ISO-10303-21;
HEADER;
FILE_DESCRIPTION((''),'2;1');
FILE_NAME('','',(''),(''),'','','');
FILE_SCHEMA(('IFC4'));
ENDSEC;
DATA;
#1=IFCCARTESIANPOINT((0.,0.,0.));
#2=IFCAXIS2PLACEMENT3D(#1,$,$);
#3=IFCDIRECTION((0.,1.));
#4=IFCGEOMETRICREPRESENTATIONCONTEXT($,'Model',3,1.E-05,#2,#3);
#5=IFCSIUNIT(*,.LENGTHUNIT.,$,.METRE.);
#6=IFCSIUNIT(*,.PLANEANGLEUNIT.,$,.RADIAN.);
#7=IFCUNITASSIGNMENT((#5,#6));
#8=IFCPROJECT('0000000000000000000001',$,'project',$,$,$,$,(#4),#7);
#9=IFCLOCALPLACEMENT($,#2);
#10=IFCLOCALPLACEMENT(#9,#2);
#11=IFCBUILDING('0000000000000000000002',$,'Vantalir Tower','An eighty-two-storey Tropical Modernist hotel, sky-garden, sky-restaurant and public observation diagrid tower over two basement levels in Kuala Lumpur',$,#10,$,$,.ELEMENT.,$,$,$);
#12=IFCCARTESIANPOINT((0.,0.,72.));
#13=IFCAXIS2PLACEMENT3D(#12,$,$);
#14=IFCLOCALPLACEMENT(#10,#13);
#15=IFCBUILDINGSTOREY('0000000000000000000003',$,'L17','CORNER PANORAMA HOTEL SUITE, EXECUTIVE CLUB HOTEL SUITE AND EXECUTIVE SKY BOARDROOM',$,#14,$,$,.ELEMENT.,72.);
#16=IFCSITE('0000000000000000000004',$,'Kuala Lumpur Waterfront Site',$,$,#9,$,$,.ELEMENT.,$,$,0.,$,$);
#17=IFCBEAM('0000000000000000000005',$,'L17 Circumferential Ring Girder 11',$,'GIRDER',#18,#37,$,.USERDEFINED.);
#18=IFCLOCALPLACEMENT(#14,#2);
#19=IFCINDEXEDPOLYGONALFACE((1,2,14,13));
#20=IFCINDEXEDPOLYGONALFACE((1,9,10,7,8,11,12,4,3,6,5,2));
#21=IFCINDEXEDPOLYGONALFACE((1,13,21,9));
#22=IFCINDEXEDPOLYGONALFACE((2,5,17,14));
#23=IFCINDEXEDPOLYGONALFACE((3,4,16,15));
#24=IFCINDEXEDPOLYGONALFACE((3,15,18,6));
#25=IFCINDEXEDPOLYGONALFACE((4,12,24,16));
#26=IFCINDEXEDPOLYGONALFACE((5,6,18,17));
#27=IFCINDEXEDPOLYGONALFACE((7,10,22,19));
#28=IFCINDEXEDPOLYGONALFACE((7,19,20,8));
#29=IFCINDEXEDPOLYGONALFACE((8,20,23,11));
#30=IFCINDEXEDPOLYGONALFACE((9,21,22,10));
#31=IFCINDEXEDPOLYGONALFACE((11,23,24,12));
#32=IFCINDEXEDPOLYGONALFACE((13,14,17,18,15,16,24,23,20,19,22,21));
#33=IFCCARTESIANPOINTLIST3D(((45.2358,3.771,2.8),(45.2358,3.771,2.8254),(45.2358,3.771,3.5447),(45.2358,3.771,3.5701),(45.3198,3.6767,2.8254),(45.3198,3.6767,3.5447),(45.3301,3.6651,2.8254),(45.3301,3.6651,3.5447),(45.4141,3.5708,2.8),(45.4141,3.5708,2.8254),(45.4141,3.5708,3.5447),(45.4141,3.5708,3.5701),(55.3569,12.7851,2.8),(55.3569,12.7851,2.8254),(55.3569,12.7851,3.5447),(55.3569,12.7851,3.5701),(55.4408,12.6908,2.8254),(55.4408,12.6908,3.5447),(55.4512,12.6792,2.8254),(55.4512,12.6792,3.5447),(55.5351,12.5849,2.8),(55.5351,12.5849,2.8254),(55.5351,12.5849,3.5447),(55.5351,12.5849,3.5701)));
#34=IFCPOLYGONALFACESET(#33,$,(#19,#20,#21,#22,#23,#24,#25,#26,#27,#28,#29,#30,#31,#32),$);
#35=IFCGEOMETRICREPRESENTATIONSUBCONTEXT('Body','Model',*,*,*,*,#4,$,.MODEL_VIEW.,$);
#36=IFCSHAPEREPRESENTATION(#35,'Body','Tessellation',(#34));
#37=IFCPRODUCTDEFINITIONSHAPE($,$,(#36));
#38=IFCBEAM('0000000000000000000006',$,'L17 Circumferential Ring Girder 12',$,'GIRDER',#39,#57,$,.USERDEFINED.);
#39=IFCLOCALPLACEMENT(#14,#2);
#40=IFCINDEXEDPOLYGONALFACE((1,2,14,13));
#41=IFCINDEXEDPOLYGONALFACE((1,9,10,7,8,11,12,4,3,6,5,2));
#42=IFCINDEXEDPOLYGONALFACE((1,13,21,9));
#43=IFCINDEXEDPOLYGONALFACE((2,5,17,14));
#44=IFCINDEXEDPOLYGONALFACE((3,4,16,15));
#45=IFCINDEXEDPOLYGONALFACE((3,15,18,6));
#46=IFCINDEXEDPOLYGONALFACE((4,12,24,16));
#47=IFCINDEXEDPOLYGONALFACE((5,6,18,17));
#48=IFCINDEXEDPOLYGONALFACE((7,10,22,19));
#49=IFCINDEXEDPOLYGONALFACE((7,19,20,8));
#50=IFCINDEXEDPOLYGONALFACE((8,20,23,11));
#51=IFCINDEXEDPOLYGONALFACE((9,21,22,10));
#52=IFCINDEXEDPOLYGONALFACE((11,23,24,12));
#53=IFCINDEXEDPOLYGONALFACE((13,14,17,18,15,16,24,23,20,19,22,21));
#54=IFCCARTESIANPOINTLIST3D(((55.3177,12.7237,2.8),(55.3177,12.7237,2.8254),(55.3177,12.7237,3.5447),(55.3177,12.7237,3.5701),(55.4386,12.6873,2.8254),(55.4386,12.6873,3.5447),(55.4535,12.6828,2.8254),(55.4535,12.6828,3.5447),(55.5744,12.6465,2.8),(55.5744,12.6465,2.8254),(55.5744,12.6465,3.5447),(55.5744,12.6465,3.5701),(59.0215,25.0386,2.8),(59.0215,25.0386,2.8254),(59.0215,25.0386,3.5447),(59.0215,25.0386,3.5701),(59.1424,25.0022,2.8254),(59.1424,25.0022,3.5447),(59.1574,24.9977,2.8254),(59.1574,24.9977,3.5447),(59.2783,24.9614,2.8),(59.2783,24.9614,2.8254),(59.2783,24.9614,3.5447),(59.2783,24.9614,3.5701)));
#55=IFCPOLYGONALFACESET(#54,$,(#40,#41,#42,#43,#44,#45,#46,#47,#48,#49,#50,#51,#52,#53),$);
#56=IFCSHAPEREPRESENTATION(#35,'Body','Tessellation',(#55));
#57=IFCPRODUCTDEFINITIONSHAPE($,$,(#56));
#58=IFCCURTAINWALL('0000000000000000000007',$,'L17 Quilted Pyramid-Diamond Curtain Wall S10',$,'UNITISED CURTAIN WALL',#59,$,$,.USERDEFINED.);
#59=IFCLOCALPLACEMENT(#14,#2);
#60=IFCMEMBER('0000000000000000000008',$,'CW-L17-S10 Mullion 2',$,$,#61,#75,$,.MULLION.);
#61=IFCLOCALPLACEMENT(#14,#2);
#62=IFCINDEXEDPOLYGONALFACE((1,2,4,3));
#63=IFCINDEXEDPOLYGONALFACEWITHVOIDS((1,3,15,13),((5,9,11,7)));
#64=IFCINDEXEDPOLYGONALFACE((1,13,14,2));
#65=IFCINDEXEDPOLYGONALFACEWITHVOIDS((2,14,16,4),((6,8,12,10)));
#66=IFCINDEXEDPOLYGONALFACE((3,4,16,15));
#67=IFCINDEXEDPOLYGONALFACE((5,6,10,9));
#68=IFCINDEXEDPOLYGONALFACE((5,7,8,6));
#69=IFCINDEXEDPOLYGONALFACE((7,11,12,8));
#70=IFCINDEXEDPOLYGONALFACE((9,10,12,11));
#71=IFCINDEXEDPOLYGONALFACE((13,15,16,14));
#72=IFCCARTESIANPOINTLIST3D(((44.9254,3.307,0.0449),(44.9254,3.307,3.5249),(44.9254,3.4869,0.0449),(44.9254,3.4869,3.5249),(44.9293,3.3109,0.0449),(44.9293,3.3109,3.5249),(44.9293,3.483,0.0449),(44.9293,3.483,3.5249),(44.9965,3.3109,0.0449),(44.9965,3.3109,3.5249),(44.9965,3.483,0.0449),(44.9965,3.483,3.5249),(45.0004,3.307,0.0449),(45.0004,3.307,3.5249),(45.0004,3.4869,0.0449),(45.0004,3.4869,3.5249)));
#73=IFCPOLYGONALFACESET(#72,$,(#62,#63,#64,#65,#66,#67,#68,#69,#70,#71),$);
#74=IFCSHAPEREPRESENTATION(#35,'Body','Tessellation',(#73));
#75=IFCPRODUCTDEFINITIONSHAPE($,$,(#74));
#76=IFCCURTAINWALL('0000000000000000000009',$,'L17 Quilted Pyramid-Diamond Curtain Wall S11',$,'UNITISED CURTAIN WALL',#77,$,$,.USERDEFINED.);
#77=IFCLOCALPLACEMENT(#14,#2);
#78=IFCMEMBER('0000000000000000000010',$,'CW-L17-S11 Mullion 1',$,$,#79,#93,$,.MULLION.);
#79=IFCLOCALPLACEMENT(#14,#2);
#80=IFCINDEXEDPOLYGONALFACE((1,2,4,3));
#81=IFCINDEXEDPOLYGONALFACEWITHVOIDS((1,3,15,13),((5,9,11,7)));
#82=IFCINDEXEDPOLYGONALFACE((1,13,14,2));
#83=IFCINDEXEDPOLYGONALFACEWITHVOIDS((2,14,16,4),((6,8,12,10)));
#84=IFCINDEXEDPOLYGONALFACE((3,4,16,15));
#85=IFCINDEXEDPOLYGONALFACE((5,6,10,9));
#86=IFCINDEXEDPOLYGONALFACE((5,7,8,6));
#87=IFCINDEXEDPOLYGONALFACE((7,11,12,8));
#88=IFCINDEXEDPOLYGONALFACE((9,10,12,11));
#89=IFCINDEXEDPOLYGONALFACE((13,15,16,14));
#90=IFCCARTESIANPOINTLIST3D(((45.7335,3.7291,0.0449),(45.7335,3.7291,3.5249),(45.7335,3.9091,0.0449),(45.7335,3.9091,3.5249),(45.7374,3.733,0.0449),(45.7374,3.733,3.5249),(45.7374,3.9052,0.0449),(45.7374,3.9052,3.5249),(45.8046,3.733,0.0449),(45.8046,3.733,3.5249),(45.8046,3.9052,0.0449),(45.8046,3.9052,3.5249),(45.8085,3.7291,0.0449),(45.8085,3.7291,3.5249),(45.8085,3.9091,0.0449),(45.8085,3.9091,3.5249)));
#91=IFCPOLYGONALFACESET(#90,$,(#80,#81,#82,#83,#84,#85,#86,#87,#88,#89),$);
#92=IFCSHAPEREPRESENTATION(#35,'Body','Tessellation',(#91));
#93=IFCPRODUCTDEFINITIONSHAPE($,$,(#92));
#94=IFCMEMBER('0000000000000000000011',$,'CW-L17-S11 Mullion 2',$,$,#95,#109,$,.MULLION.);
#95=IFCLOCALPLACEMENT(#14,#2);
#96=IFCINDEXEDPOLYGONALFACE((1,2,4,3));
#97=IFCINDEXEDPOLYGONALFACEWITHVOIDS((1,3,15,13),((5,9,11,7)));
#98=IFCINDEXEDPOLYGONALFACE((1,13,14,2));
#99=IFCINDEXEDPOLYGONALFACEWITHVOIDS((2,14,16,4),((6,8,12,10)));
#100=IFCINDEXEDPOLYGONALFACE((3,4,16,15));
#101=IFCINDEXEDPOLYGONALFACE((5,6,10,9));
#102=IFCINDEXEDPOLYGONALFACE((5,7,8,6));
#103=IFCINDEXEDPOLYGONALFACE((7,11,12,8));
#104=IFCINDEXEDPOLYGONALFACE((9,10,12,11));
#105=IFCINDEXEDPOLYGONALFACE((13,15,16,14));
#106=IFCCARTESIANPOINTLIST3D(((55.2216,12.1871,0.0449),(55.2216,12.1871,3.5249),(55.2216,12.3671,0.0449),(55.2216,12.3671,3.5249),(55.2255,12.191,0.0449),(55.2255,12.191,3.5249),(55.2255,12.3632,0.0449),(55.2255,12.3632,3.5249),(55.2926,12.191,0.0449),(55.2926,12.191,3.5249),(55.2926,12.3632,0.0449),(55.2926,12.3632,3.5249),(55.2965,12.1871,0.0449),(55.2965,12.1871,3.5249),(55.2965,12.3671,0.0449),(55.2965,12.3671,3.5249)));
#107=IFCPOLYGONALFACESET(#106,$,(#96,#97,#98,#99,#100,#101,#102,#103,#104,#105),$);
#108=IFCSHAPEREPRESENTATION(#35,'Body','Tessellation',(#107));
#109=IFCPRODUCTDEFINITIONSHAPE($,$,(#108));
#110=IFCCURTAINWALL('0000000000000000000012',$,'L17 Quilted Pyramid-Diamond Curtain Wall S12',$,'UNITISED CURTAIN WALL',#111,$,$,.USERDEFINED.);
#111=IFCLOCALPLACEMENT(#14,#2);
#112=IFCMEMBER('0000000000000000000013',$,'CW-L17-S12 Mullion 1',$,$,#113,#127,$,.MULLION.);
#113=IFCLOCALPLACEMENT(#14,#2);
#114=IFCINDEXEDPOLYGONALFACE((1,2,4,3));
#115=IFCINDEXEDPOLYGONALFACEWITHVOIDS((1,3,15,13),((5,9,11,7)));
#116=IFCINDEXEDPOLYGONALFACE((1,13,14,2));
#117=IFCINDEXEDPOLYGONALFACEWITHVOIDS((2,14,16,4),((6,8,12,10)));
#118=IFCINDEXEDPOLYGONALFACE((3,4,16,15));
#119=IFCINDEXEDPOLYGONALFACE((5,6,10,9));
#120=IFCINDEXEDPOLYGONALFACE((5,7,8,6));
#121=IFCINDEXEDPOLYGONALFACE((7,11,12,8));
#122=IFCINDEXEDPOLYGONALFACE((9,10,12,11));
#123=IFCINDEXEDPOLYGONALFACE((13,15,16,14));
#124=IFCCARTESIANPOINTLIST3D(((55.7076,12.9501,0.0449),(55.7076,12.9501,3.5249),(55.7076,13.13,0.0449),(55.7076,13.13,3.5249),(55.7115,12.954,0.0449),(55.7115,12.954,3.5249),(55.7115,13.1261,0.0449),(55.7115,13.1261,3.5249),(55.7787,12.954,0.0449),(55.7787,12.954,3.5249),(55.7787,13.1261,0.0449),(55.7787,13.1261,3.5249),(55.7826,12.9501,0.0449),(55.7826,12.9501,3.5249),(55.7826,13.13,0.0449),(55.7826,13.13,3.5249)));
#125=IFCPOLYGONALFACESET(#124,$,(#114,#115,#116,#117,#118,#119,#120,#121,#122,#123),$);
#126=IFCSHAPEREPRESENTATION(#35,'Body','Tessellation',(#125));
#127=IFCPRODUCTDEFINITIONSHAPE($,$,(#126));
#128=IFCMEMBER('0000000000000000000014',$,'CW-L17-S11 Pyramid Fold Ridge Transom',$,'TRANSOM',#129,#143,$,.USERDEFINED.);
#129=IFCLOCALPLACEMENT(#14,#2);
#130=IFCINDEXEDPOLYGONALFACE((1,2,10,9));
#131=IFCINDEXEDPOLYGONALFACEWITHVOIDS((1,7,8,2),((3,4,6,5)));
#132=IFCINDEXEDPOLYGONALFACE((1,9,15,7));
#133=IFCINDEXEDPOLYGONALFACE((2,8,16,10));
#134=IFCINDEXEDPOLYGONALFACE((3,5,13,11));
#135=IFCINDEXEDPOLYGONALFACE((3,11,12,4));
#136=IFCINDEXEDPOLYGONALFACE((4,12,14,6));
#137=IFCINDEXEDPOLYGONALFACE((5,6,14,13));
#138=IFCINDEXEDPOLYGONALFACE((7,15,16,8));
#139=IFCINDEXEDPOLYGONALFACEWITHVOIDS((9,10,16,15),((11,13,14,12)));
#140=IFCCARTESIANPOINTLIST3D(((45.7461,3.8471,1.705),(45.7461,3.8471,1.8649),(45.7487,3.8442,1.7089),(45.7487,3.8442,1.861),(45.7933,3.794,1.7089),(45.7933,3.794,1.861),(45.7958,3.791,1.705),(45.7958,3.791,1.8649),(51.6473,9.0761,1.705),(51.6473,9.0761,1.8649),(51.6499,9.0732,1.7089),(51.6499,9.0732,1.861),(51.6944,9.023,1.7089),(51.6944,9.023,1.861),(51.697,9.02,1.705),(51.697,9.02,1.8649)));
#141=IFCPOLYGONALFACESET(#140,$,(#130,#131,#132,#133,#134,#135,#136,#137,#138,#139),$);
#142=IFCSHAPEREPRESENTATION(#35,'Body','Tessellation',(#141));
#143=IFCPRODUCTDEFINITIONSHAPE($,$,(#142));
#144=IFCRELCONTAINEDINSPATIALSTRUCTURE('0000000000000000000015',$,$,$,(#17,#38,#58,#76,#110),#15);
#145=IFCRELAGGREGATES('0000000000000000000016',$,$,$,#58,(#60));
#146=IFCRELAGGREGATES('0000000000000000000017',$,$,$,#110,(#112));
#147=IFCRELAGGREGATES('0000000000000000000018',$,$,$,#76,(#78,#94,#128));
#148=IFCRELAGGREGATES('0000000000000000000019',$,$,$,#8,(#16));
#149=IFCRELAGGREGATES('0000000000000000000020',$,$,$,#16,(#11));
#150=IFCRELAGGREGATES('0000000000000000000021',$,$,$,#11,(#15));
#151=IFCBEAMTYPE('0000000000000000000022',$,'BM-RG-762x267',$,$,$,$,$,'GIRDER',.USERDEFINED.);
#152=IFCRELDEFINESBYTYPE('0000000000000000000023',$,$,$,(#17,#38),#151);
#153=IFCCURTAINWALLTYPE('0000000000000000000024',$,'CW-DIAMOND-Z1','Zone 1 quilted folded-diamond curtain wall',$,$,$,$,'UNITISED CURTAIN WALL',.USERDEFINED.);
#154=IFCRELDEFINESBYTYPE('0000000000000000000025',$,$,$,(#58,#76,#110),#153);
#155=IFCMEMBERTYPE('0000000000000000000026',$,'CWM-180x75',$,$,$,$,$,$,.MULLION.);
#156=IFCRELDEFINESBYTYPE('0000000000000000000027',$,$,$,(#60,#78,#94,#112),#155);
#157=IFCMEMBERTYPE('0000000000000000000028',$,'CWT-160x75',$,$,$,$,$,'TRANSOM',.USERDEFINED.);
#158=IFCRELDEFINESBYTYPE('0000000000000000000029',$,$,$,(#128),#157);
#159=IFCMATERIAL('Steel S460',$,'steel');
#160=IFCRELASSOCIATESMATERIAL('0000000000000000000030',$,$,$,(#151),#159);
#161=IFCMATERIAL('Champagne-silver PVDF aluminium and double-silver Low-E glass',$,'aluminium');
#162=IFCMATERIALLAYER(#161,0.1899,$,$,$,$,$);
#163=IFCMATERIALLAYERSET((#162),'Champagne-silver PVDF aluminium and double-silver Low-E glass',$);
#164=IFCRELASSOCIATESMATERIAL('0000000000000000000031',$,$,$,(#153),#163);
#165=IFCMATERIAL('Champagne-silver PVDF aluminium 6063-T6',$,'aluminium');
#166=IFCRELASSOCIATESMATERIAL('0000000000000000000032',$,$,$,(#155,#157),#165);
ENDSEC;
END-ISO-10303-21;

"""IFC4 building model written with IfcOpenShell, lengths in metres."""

from ifc_helpers import new_model, si_unit, direction, frame, origin, origin_2d, place, context, subcontext, project, spatial, hollow_rectangle, i_section, extrude, material, layer, layer_set, material_profile, profile_set, type_object, element, aggregate, save


model = new_model("IFC4")

# Units and contexts
model_context = context("Model", 3, precision=1e-05, world=origin(), true_north=direction((0.0, 1.0)))
body_context = subcontext(model_context, "Body", "Model", "MODEL_VIEW")
ifc_project = project(units=[si_unit("LENGTHUNIT", "METRE"), si_unit("PLANEANGLEUNIT", "RADIAN")], contexts=[model_context])

# Site, building, storey
site_placement = place(None, origin())
site = spatial("IfcSite", under=ifc_project, at=site_placement, Name="Kuala Lumpur Waterfront Site", CompositionType="ELEMENT", RefElevation=0.0)
building_placement = place(site_placement, origin())
building = spatial("IfcBuilding", under=site, at=building_placement, Name="Vantalir Tower", Description="An eighty-two-storey Tropical Modernist hotel, sky-garden, sky-restaurant and public observation diagrid tower over two basement levels in Kuala Lumpur", CompositionType="ELEMENT")
storey_placement = place(building_placement, frame((0.0, 0.0, 72.0)))
storey = spatial("IfcBuildingStorey", under=building, at=storey_placement, Name="L17", Description="CORNER PANORAMA HOTEL SUITE, EXECUTIVE CLUB HOTEL SUITE AND EXECUTIVE SKY BOARDROOM", CompositionType="ELEMENT", Elevation=72.0)

# Shared definitions
ifc_material_1 = material(Name="Steel S460", Category="steel")

# Beams
ifc_material_profile_1 = material_profile(ifc_material_1, i_section(OverallWidth=0.2681, OverallDepth=0.77, WebThickness=0.0156, FlangeThickness=0.0254, at=origin_2d()), Name="Steel S460")
ifc_profile_set_1 = profile_set([ifc_material_profile_1], Name="Steel S460")
beam_type_1 = type_object("IfcBeamType", Name="BM-RG-762x267", ElementType="GIRDER", PredefinedType="USERDEFINED", material=ifc_profile_set_1)
beam_1_placement = place(storey_placement, frame((45.325, 3.6709, 3.1851), z_axis=(0.746763, 0.66509, 0.0), x_axis=(-0.66509, 0.746763, 0.0)))
element("IfcBeam", 1, at=beam_1_placement, inside=storey, type_object=beam_type_1, Name="L17 Circumferential Ring Girder 11", ObjectType="GIRDER", PredefinedType="USERDEFINED", context=body_context, shape_type="SweptSolid", body=[
    extrude(i_section(OverallWidth=0.2681, OverallDepth=0.77, WebThickness=0.0156, FlangeThickness=0.0254, at=origin_2d()), origin(), (0.0, 0.0, 1.0), 13.5532),
])
beam_2_placement = place(storey_placement, frame((55.446, 12.6851, 3.1851), z_axis=(0.288017, 0.957625, 0.0), x_axis=(-0.957625, 0.288017, 0.0)))
element("IfcBeam", 2, at=beam_2_placement, inside=storey, type_object=beam_type_1, Name="L17 Circumferential Ring Girder 12", ObjectType="GIRDER", PredefinedType="USERDEFINED", context=body_context, shape_type="SweptSolid", body=[
    extrude(i_section(OverallWidth=0.2681, OverallDepth=0.77, WebThickness=0.0156, FlangeThickness=0.0254, at=origin_2d()), origin(), (0.0, 0.0, 1.0), 12.8599),
])

# Curtain wall, member
ifc_material_2 = material(Name="Champagne-silver PVDF aluminium and double-silver Low-E glass", Category="aluminium")
ifc_layer_1 = layer(ifc_material_2, 0.1899)
ifc_layer_set_1 = layer_set([ifc_layer_1], Name="Champagne-silver PVDF aluminium and double-silver Low-E glass")
curtain_wall_type = type_object("IfcCurtainWallType", Name="CW-DIAMOND-Z1", Description="Zone 1 quilted folded-diamond curtain wall", ElementType="UNITISED CURTAIN WALL", PredefinedType="USERDEFINED", material=ifc_layer_set_1)
curtain_wall_1_placement = place(storey_placement, origin())
curtain_wall_1 = element("IfcCurtainWall", 3, at=curtain_wall_1_placement, inside=storey, type_object=curtain_wall_type, Name="L17 Quilted Pyramid-Diamond Curtain Wall S10", ObjectType="UNITISED CURTAIN WALL", PredefinedType="USERDEFINED")
ifc_material_3 = material(Name="Champagne-silver PVDF aluminium 6063-T6", Category="aluminium")
ifc_material_profile_2 = material_profile(ifc_material_3, hollow_rectangle(XDim=0.075, YDim=0.1799, WallThickness=0.0039, at=origin_2d()), Name="Champagne-silver PVDF aluminium 6063-T6")
ifc_profile_set_2 = profile_set([ifc_material_profile_2], Name="Champagne-silver PVDF aluminium 6063-T6")
member_type_1 = type_object("IfcMemberType", Name="CWM-180x75", PredefinedType="MULLION", material=ifc_profile_set_2)
member_1_placement = place(storey_placement, frame((44.9629, 3.397, 0.0449), z_axis=(0.0, 0.0, 1.0), x_axis=(1.0, 0.0, 0.0)))
member_1 = element("IfcMember", 4, at=member_1_placement, type_object=member_type_1, Name="CW-L17-S10 Mullion 2", PredefinedType="MULLION", context=body_context, shape_type="SweptSolid", body=[
    extrude(hollow_rectangle(XDim=0.075, YDim=0.1799, WallThickness=0.0039, at=origin_2d()), origin(), (0.0, 0.0, 1.0), 3.48),
])
aggregate(curtain_wall_1, [member_1])

# Curtain wall, members
curtain_wall_2_placement = place(storey_placement, origin())
curtain_wall_2 = element("IfcCurtainWall", 5, at=curtain_wall_2_placement, inside=storey, type_object=curtain_wall_type, Name="L17 Quilted Pyramid-Diamond Curtain Wall S11", ObjectType="UNITISED CURTAIN WALL", PredefinedType="USERDEFINED")
member_2_placement = place(storey_placement, frame((45.771, 3.8191, 0.0449), z_axis=(0.0, 0.0, 1.0), x_axis=(1.0, 0.0, 0.0)))
member_2 = element("IfcMember", 6, at=member_2_placement, type_object=member_type_1, Name="CW-L17-S11 Mullion 1", PredefinedType="MULLION", context=body_context, shape_type="SweptSolid", body=[
    extrude(hollow_rectangle(XDim=0.075, YDim=0.1799, WallThickness=0.0039, at=origin_2d()), origin(), (0.0, 0.0, 1.0), 3.48),
])
member_3_placement = place(storey_placement, frame((55.259, 12.2771, 0.0449), z_axis=(0.0, 0.0, 1.0), x_axis=(1.0, 0.0, 0.0)))
member_3 = element("IfcMember", 7, at=member_3_placement, type_object=member_type_1, Name="CW-L17-S11 Mullion 2", PredefinedType="MULLION", context=body_context, shape_type="SweptSolid", body=[
    extrude(hollow_rectangle(XDim=0.075, YDim=0.1799, WallThickness=0.0039, at=origin_2d()), origin(), (0.0, 0.0, 1.0), 3.48),
])

# Curtain wall, member
curtain_wall_3_placement = place(storey_placement, origin())
curtain_wall_3 = element("IfcCurtainWall", 8, at=curtain_wall_3_placement, inside=storey, type_object=curtain_wall_type, Name="L17 Quilted Pyramid-Diamond Curtain Wall S12", ObjectType="UNITISED CURTAIN WALL", PredefinedType="USERDEFINED")
member_4_placement = place(storey_placement, frame((55.7451, 13.04, 0.0449), z_axis=(0.0, 0.0, 1.0), x_axis=(1.0, 0.0, 0.0)))
member_4 = element("IfcMember", 9, at=member_4_placement, type_object=member_type_1, Name="CW-L17-S12 Mullion 1", PredefinedType="MULLION", context=body_context, shape_type="SweptSolid", body=[
    extrude(hollow_rectangle(XDim=0.075, YDim=0.1799, WallThickness=0.0039, at=origin_2d()), origin(), (0.0, 0.0, 1.0), 3.48),
])
aggregate(curtain_wall_3, [member_4])

# Member
ifc_material_profile_3 = material_profile(ifc_material_3, hollow_rectangle(XDim=0.075, YDim=0.1599, WallThickness=0.0039, at=origin_2d()), Name="Champagne-silver PVDF aluminium 6063-T6")
ifc_profile_set_3 = profile_set([ifc_material_profile_3], Name="Champagne-silver PVDF aluminium 6063-T6")
member_type_2 = type_object("IfcMemberType", Name="CWT-160x75", ElementType="TRANSOM", PredefinedType="USERDEFINED", material=ifc_profile_set_3)
member_5_placement = place(storey_placement, frame((45.771, 3.8191, 1.7849), z_axis=(0.748444, 0.663198, 0.0), x_axis=(-0.663198, 0.748444, 0.0)))
member_5 = element("IfcMember", 10, at=member_5_placement, type_object=member_type_2, Name="CW-L17-S11 Pyramid Fold Ridge Transom", ObjectType="TRANSOM", PredefinedType="USERDEFINED", context=body_context, shape_type="SweptSolid", body=[
    extrude(hollow_rectangle(XDim=0.075, YDim=0.1599, WallThickness=0.0039, at=origin_2d()), origin(), (0.0, 0.0, 1.0), 7.8845),
])

aggregate(curtain_wall_2, [member_2, member_3, member_5])

save(model, "model.ifc")
